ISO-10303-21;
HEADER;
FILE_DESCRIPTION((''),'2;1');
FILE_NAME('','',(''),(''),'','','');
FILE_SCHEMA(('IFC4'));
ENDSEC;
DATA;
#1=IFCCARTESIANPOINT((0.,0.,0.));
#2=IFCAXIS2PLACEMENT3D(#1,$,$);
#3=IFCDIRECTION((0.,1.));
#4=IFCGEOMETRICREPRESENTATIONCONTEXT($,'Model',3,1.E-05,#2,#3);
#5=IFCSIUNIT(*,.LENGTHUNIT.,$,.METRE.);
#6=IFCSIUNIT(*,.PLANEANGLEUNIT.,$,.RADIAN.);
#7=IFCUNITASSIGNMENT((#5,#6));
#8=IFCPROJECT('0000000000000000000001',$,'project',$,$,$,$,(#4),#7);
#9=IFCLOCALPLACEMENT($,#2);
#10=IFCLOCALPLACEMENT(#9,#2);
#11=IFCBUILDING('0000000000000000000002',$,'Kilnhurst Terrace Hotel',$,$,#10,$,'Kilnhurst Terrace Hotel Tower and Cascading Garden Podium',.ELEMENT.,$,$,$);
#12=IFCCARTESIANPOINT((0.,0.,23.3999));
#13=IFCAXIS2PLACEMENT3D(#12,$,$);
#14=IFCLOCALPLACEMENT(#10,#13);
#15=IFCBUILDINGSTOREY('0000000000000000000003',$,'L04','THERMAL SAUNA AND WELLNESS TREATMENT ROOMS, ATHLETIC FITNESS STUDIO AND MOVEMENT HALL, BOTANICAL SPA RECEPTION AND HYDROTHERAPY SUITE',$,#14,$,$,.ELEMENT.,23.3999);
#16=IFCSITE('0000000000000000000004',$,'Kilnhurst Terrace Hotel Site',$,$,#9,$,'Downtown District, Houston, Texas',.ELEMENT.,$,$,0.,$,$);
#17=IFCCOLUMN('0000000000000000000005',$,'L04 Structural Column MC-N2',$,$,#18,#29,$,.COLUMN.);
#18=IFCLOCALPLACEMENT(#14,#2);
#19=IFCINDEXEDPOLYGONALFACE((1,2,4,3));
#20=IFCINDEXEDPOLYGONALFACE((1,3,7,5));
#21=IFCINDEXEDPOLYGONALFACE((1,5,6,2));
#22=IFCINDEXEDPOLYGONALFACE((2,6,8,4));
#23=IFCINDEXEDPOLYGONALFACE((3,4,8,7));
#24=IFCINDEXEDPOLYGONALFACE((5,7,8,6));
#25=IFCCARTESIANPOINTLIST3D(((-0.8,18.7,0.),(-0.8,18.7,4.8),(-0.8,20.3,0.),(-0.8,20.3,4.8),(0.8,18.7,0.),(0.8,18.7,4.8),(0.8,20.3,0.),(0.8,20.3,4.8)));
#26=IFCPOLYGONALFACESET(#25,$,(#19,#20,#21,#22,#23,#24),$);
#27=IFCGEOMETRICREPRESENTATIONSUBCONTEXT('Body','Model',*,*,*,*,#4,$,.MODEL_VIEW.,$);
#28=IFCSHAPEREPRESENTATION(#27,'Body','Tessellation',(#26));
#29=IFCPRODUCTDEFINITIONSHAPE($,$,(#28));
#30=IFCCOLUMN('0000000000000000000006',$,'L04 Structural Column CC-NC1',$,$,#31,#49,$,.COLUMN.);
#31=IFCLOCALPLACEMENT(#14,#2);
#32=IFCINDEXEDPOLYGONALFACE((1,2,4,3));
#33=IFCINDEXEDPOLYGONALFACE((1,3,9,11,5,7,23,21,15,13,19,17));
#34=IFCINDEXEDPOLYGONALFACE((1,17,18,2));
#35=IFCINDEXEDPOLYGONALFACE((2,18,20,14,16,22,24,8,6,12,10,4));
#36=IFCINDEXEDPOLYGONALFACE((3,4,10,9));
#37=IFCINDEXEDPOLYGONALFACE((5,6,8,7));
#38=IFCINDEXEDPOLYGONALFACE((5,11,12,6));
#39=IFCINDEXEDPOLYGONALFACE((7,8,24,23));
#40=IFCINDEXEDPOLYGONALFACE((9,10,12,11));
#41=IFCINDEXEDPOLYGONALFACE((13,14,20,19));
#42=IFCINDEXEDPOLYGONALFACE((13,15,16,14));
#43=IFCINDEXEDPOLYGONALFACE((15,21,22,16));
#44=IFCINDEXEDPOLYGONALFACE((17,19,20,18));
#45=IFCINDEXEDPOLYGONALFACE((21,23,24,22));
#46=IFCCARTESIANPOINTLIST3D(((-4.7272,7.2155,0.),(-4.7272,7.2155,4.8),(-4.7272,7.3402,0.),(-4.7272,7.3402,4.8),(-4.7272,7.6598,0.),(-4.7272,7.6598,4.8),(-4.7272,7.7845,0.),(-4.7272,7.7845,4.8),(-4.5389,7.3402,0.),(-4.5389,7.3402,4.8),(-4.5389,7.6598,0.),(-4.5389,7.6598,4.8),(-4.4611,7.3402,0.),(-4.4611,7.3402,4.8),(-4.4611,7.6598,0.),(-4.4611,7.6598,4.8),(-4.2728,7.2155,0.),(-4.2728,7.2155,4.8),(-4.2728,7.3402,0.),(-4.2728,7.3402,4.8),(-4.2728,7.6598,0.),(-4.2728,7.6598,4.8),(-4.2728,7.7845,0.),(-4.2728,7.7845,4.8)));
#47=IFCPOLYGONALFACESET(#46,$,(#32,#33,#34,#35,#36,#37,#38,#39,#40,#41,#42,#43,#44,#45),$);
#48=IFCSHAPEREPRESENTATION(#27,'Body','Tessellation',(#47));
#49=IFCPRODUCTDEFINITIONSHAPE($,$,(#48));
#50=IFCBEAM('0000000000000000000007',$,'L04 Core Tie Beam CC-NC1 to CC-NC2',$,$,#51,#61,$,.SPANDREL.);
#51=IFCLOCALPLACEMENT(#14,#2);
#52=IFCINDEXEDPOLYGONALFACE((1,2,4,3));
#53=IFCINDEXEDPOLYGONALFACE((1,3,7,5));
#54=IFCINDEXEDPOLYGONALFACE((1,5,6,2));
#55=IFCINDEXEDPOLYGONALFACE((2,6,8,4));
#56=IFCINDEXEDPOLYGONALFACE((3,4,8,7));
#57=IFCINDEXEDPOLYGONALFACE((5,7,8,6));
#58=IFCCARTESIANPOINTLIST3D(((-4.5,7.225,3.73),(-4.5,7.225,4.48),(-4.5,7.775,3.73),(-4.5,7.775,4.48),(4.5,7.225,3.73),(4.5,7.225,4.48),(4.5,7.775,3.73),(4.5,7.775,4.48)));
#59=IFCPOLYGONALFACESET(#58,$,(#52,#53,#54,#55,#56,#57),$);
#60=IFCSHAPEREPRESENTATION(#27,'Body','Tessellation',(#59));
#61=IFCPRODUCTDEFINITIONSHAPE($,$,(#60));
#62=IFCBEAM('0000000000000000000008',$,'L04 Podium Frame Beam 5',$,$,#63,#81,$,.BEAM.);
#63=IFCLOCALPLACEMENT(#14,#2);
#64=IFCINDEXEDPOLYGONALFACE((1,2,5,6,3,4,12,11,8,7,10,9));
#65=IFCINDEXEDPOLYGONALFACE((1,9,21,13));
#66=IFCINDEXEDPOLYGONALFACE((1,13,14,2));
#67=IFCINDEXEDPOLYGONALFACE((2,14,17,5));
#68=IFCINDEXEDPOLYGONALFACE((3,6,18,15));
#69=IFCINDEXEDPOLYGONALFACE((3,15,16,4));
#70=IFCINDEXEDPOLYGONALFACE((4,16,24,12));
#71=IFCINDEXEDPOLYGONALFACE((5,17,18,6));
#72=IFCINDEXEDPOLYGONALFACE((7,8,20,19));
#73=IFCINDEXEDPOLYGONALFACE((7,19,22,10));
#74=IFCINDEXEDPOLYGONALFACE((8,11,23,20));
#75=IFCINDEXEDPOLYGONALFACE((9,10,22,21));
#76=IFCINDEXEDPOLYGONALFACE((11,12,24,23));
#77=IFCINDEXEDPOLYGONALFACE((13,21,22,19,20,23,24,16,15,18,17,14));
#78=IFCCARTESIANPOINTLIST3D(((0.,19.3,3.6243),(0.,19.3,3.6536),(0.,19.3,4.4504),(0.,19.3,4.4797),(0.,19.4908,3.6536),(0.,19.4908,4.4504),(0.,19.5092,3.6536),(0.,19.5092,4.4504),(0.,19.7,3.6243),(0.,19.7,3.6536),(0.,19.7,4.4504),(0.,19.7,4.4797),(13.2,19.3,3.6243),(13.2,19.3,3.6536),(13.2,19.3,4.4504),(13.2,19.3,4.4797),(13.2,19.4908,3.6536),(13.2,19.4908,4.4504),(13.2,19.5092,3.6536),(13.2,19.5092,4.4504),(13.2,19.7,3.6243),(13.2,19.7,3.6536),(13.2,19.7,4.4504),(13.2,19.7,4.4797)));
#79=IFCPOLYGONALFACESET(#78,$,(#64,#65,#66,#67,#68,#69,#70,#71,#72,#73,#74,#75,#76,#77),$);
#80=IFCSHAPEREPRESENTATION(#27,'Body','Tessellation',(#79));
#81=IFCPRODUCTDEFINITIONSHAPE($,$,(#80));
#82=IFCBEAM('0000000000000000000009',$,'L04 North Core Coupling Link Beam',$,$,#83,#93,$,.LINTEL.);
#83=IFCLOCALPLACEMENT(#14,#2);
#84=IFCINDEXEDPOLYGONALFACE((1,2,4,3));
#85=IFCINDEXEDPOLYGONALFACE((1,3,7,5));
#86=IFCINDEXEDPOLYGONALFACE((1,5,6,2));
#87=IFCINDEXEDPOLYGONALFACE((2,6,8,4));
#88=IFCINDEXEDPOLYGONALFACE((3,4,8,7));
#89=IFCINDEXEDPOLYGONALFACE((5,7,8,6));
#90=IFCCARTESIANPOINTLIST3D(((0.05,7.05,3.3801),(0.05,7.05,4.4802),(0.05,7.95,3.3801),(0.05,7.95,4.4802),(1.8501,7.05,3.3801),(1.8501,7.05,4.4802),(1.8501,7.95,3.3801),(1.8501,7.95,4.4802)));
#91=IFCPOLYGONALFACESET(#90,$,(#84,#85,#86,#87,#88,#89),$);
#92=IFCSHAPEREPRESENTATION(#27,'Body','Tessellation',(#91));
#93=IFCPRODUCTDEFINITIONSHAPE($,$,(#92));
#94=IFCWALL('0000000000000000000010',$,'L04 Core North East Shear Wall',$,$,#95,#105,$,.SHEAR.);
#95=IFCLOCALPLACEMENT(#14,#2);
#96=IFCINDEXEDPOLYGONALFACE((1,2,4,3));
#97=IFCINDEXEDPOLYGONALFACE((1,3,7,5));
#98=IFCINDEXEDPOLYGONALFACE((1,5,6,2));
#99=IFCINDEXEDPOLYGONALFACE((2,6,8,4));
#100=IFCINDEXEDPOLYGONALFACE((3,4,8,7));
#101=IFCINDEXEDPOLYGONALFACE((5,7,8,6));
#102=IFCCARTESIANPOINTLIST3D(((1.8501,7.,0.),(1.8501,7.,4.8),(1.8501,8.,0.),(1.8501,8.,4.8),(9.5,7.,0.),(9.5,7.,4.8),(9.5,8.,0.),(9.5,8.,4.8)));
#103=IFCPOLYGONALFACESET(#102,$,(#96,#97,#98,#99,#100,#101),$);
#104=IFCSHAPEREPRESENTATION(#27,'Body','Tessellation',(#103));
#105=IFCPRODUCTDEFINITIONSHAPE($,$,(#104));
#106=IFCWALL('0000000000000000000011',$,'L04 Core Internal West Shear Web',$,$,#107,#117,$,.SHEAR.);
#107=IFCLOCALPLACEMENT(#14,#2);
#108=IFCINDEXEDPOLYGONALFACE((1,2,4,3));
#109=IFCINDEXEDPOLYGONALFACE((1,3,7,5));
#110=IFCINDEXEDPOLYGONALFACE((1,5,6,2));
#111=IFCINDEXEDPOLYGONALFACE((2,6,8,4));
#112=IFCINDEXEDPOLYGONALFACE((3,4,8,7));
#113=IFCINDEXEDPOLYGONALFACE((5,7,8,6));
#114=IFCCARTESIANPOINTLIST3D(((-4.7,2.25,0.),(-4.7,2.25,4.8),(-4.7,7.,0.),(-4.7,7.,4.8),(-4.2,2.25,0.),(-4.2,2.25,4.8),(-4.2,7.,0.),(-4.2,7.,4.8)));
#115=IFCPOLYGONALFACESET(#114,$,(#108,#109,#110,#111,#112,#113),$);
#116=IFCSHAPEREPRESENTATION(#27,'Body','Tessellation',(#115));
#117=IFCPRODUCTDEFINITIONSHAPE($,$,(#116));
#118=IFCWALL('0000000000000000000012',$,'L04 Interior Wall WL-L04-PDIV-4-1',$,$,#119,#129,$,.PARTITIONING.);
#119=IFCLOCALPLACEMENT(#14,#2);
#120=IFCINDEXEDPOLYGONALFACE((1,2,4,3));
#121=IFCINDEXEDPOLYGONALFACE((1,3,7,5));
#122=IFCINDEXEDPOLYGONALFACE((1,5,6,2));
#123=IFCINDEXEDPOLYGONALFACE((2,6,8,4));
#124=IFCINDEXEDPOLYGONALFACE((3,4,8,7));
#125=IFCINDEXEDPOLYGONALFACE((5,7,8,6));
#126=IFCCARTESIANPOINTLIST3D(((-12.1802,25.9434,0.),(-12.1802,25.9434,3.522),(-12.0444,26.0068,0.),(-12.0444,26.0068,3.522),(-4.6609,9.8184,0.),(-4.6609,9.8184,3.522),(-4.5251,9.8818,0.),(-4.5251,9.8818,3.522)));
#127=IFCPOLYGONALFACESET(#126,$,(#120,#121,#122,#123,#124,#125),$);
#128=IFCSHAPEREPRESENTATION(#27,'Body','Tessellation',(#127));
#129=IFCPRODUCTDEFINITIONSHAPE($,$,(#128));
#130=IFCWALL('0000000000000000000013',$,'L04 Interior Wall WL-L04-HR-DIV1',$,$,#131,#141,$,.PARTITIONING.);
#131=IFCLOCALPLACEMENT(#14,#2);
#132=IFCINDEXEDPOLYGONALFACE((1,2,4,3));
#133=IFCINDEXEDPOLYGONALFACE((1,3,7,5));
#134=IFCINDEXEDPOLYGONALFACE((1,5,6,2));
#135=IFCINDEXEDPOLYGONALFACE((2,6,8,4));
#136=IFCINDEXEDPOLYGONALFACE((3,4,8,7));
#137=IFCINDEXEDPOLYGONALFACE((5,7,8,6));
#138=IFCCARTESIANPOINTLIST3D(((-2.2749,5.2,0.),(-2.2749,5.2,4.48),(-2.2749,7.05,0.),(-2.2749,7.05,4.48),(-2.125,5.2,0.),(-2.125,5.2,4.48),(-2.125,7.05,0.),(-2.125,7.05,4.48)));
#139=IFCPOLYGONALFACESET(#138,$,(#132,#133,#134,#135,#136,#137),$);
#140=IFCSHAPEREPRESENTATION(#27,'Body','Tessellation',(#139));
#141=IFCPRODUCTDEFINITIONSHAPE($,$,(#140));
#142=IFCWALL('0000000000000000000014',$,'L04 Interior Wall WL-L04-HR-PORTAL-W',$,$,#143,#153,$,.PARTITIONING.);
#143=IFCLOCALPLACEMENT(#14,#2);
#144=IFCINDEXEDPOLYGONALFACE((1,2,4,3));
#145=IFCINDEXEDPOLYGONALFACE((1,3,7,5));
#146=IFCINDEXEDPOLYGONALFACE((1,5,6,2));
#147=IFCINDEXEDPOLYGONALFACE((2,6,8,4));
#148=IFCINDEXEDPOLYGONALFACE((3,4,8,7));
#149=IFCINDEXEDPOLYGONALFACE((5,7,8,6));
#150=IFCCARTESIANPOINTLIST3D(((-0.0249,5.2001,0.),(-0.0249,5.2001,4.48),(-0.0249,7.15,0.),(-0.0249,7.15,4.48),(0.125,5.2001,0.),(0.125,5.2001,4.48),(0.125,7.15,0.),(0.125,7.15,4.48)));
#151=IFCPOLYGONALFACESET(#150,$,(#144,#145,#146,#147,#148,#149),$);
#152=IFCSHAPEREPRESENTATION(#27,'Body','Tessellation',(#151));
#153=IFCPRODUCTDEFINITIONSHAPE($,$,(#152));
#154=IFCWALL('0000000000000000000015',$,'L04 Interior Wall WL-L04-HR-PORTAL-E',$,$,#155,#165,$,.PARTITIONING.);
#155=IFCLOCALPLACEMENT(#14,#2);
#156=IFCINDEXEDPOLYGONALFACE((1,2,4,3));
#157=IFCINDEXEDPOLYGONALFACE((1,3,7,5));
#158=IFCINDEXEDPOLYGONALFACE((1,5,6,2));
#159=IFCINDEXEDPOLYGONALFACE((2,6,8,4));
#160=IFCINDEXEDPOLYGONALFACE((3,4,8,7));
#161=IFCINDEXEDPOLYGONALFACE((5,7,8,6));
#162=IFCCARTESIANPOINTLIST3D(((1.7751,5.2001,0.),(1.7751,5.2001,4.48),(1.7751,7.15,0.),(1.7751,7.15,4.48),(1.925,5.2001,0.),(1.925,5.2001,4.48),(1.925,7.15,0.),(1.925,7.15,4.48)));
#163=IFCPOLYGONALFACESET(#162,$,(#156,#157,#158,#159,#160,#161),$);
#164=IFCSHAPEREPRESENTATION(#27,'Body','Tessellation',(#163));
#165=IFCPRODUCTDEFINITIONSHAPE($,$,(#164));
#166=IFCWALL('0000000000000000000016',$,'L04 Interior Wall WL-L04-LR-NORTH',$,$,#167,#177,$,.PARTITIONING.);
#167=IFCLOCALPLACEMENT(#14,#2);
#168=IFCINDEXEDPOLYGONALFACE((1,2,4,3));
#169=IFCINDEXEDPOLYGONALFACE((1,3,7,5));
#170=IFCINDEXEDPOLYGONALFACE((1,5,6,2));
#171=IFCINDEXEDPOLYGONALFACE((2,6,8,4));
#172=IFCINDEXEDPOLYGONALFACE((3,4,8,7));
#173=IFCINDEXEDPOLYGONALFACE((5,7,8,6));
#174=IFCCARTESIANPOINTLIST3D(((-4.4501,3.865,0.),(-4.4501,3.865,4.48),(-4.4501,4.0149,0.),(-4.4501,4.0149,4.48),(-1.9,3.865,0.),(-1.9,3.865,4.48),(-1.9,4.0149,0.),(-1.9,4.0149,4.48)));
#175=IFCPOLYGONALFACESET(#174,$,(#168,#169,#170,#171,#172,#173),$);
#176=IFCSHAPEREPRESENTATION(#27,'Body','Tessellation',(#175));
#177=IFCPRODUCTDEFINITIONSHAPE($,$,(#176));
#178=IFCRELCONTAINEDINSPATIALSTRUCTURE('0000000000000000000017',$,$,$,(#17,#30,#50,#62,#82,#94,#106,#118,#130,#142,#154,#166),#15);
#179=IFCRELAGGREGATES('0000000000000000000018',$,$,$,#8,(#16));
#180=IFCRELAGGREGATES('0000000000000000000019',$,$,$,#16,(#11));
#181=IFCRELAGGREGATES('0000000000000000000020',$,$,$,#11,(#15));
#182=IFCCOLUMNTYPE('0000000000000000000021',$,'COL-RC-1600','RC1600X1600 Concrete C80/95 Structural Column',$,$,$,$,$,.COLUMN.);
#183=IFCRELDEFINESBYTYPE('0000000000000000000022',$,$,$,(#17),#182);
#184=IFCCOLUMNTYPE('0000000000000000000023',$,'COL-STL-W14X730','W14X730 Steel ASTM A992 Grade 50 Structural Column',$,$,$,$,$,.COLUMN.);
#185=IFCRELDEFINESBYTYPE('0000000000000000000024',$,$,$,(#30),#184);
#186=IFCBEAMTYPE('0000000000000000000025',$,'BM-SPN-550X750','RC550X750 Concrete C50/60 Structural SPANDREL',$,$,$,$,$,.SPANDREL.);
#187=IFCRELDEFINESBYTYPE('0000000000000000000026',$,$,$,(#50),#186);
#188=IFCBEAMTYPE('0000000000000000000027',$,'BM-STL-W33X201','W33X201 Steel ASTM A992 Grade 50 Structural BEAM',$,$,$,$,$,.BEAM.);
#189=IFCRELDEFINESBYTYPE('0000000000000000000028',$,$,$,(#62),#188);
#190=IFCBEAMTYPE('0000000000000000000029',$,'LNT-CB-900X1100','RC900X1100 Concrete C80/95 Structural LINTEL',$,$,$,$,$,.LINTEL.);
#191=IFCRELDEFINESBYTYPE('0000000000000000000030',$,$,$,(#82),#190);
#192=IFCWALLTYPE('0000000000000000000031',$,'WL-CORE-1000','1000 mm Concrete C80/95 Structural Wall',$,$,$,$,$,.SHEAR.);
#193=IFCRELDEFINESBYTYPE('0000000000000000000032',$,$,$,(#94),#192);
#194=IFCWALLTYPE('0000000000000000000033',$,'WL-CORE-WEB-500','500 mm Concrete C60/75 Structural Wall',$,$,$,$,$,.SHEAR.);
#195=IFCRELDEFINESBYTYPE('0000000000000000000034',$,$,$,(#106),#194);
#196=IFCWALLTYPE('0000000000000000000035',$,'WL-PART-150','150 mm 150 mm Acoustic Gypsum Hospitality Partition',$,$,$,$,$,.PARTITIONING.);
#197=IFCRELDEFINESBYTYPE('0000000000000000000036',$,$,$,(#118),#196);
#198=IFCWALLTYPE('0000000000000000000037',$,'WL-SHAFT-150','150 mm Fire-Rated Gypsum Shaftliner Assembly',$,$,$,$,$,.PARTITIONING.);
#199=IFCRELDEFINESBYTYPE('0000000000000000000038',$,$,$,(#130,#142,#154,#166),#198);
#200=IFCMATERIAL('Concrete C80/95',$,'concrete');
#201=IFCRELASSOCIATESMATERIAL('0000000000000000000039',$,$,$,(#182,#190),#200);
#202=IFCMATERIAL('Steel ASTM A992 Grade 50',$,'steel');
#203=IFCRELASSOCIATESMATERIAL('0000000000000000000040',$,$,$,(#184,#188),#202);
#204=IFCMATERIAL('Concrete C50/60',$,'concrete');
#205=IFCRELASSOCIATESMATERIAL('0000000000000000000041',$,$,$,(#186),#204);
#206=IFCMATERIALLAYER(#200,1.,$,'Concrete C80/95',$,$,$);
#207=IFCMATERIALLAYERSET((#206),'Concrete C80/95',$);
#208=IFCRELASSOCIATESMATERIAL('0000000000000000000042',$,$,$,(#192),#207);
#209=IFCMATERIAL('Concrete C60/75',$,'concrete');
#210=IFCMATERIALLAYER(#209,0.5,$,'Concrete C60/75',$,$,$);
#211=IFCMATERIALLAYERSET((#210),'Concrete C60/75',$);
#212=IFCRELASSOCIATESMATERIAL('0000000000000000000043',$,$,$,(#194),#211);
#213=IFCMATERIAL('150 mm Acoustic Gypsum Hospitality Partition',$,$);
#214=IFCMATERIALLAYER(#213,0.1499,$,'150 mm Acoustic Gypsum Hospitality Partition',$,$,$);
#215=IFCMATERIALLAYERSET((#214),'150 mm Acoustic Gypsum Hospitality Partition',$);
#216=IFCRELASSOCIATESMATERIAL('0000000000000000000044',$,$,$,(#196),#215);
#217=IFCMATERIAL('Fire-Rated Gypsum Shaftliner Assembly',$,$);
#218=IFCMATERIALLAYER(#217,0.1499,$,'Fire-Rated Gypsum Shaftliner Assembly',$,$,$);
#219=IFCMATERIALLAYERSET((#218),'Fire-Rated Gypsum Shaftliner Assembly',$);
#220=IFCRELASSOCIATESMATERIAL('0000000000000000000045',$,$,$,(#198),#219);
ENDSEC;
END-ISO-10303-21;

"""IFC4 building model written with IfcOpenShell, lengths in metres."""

from ifc_helpers import new_model, si_unit, direction, frame, frame_2d, origin, origin_2d, place, context, subcontext, project, spatial, rectangle, i_section, extrude, material, layer, layer_set, material_profile, profile_set, type_object, element, save


model = new_model("IFC4")

# Units and contexts
model_context = context("Model", 3, precision=1e-05, world=origin(), true_north=direction((0.0, 1.0)))
body_context = subcontext(model_context, "Body", "Model", "MODEL_VIEW")
ifc_project = project(units=[si_unit("LENGTHUNIT", "METRE"), si_unit("PLANEANGLEUNIT", "RADIAN")], contexts=[model_context])

# Site, building, storey
site_placement = place(None, origin())
site = spatial("IfcSite", under=ifc_project, at=site_placement, Name="Kilnhurst Terrace Hotel Site", LongName="Downtown District, Houston, Texas", CompositionType="ELEMENT", RefElevation=0.0)
building_placement = place(site_placement, origin())
building = spatial("IfcBuilding", under=site, at=building_placement, Name="Kilnhurst Terrace Hotel", LongName="Kilnhurst Terrace Hotel Tower and Cascading Garden Podium", CompositionType="ELEMENT")
storey_placement = place(building_placement, frame((0.0, 0.0, 23.3999)))
storey = spatial("IfcBuildingStorey", under=building, at=storey_placement, Name="L04", Description="THERMAL SAUNA AND WELLNESS TREATMENT ROOMS, ATHLETIC FITNESS STUDIO AND MOVEMENT HALL, BOTANICAL SPA RECEPTION AND HYDROTHERAPY SUITE", CompositionType="ELEMENT", Elevation=23.3999)

# Columns
ifc_material_1 = material(Name="Concrete C80/95", Category="concrete")
ifc_material_profile_1 = material_profile(ifc_material_1, rectangle(XDim=1.6001, YDim=1.6001, at=origin_2d()), Name="RC1600X1600")
ifc_profile_set_1 = profile_set([ifc_material_profile_1], Name="Concrete C80/95")
column_type_1 = type_object("IfcColumnType", Name="COL-RC-1600", Description="RC1600X1600 Concrete C80/95 Structural Column", PredefinedType="COLUMN", material=ifc_profile_set_1)
column_1_placement = place(storey_placement, frame((0.0, 19.5, 0.0), z_axis=(0.0, 0.0, 1.0), x_axis=(1.0, 0.0, 0.0)))
element("IfcColumn", 1, at=column_1_placement, inside=storey, type_object=column_type_1, Name="L04 Structural Column MC-N2", PredefinedType="COLUMN", context=body_context, shape_type="SweptSolid", body=[
    extrude(rectangle(XDim=1.6001, YDim=1.6001, at=origin_2d()), origin(), (0.0, 0.0, 1.0), 4.8),
])
ifc_material_2 = material(Name="Steel ASTM A992 Grade 50", Category="steel")
ifc_material_profile_2 = material_profile(ifc_material_2, i_section(OverallWidth=0.4543, OverallDepth=0.5691, WebThickness=0.0779, FlangeThickness=0.1248, at=origin_2d()), Name="W14X730")
ifc_profile_set_2 = profile_set([ifc_material_profile_2], Name="Steel ASTM A992 Grade 50")
column_type_2 = type_object("IfcColumnType", Name="COL-STL-W14X730", Description="W14X730 Steel ASTM A992 Grade 50 Structural Column", PredefinedType="COLUMN", material=ifc_profile_set_2)
column_2_placement = place(storey_placement, frame((-4.5, 7.5, 0.0), z_axis=(0.0, 0.0, 1.0), x_axis=(1.0, 0.0, 0.0)))
element("IfcColumn", 2, at=column_2_placement, inside=storey, type_object=column_type_2, Name="L04 Structural Column CC-NC1", PredefinedType="COLUMN", context=body_context, shape_type="SweptSolid", body=[
    extrude(i_section(OverallWidth=0.4543, OverallDepth=0.5691, WebThickness=0.0779, FlangeThickness=0.1248, at=origin_2d()), origin(), (0.0, 0.0, 1.0), 4.8),
])

# Beams
ifc_material_3 = material(Name="Concrete C50/60", Category="concrete")
ifc_material_profile_3 = material_profile(ifc_material_3, rectangle(XDim=0.55, YDim=0.75, at=origin_2d()), Name="RC550X750")
ifc_profile_set_3 = profile_set([ifc_material_profile_3], Name="Concrete C50/60")
beam_type_1 = type_object("IfcBeamType", Name="BM-SPN-550X750", Description="RC550X750 Concrete C50/60 Structural SPANDREL", PredefinedType="SPANDREL", material=ifc_profile_set_3)
beam_1_placement = place(storey_placement, frame((-4.5, 7.5, 4.105), z_axis=(1.0, 0.0, 0.0), x_axis=(0.0, 1.0, 0.0)))
element("IfcBeam", 3, at=beam_1_placement, inside=storey, type_object=beam_type_1, Name="L04 Core Tie Beam CC-NC1 to CC-NC2", PredefinedType="SPANDREL", context=body_context, shape_type="SweptSolid", body=[
    extrude(rectangle(XDim=0.55, YDim=0.75, at=origin_2d()), origin(), (0.0, 0.0, 1.0), 9.0),
])
ifc_material_profile_4 = material_profile(ifc_material_2, i_section(OverallWidth=0.3999, OverallDepth=0.8555, WebThickness=0.0183, FlangeThickness=0.0293, at=origin_2d()), Name="W33X201")
ifc_profile_set_4 = profile_set([ifc_material_profile_4], Name="Steel ASTM A992 Grade 50")
beam_type_2 = type_object("IfcBeamType", Name="BM-STL-W33X201", Description="W33X201 Steel ASTM A992 Grade 50 Structural BEAM", PredefinedType="BEAM", material=ifc_profile_set_4)
beam_2_placement = place(storey_placement, frame((0.0, 19.5, 4.052), z_axis=(1.0, 0.0, 0.0), x_axis=(0.0, 1.0, 0.0)))
element("IfcBeam", 4, at=beam_2_placement, inside=storey, type_object=beam_type_2, Name="L04 Podium Frame Beam 5", PredefinedType="BEAM", context=body_context, shape_type="SweptSolid", body=[
    extrude(i_section(OverallWidth=0.3999, OverallDepth=0.8555, WebThickness=0.0183, FlangeThickness=0.0293, at=origin_2d()), origin(), (0.0, 0.0, 1.0), 13.2),
])
ifc_material_profile_5 = material_profile(ifc_material_1, rectangle(XDim=0.8999, YDim=1.1001, at=origin_2d()), Name="RC900X1100")
ifc_profile_set_5 = profile_set([ifc_material_profile_5], Name="Concrete C80/95")
beam_type_3 = type_object("IfcBeamType", Name="LNT-CB-900X1100", Description="RC900X1100 Concrete C80/95 Structural LINTEL", PredefinedType="LINTEL", material=ifc_profile_set_5)
beam_3_placement = place(storey_placement, frame((0.05, 7.5, 3.9302), z_axis=(1.0, 0.0, 0.0), x_axis=(0.0, 1.0, 0.0)))
element("IfcBeam", 5, at=beam_3_placement, inside=storey, type_object=beam_type_3, Name="L04 North Core Coupling Link Beam", PredefinedType="LINTEL", context=body_context, shape_type="SweptSolid", body=[
    extrude(rectangle(XDim=0.8999, YDim=1.1001, at=origin_2d()), origin(), (0.0, 0.0, 1.0), 1.8),
])

# Walls
ifc_layer_1 = layer(ifc_material_1, 1.0, Name="Concrete C80/95")
ifc_layer_set_1 = layer_set([ifc_layer_1], Name="Concrete C80/95")
wall_type_1 = type_object("IfcWallType", Name="WL-CORE-1000", Description="1000 mm Concrete C80/95 Structural Wall", PredefinedType="SHEAR", material=ifc_layer_set_1)
wall_1_placement = place(storey_placement, frame((1.8501, 7.5, 0.0), z_axis=(0.0, 0.0, 1.0), x_axis=(1.0, 0.0, 0.0)))
element("IfcWall", 6, at=wall_1_placement, inside=storey, type_object=wall_type_1, Name="L04 Core North East Shear Wall", PredefinedType="SHEAR", context=body_context, shape_type="SweptSolid", body=[
    extrude(rectangle(XDim=7.6499, YDim=1.0, at=frame_2d((3.825, 0.0))), origin(), (0.0, 0.0, 1.0), 4.8),
])
ifc_material_4 = material(Name="Concrete C60/75", Category="concrete")
ifc_layer_2 = layer(ifc_material_4, 0.5, Name="Concrete C60/75")
ifc_layer_set_2 = layer_set([ifc_layer_2], Name="Concrete C60/75")
wall_type_2 = type_object("IfcWallType", Name="WL-CORE-WEB-500", Description="500 mm Concrete C60/75 Structural Wall", PredefinedType="SHEAR", material=ifc_layer_set_2)
wall_2_placement = place(storey_placement, frame((-4.45, 2.25, 0.0), z_axis=(0.0, 0.0, 1.0), x_axis=(0.0, 1.0, 0.0)))
element("IfcWall", 7, at=wall_2_placement, inside=storey, type_object=wall_type_2, Name="L04 Core Internal West Shear Web", PredefinedType="SHEAR", context=body_context, shape_type="SweptSolid", body=[
    extrude(rectangle(XDim=4.75, YDim=0.5, at=frame_2d((2.375, 0.0))), origin(), (0.0, 0.0, 1.0), 4.8),
])
ifc_material_5 = material(Name="150 mm Acoustic Gypsum Hospitality Partition")
ifc_layer_3 = layer(ifc_material_5, 0.1499, Name="150 mm Acoustic Gypsum Hospitality Partition")
ifc_layer_set_3 = layer_set([ifc_layer_3], Name="150 mm Acoustic Gypsum Hospitality Partition")
wall_type_3 = type_object("IfcWallType", Name="WL-PART-150", Description="150 mm 150 mm Acoustic Gypsum Hospitality Partition", PredefinedType="PARTITIONING", material=ifc_layer_set_3)
wall_3_placement = place(storey_placement, frame((-4.593, 9.8501, 0.0), z_axis=(0.0, 0.0, 1.0), x_axis=(-0.422622, 0.906306, 0.0)))
element("IfcWall", 8, at=wall_3_placement, inside=storey, type_object=wall_type_3, Name="L04 Interior Wall WL-L04-PDIV-4-1", PredefinedType="PARTITIONING", context=body_context, shape_type="SweptSolid", body=[
    extrude(rectangle(XDim=17.792, YDim=0.1499, at=frame_2d((8.896, 0.0))), origin(), (0.0, 0.0, 1.0), 3.522),
])
ifc_material_6 = material(Name="Fire-Rated Gypsum Shaftliner Assembly")
ifc_layer_4 = layer(ifc_material_6, 0.1499, Name="Fire-Rated Gypsum Shaftliner Assembly")
ifc_layer_set_4 = layer_set([ifc_layer_4], Name="Fire-Rated Gypsum Shaftliner Assembly")
wall_type_4 = type_object("IfcWallType", Name="WL-SHAFT-150", Description="150 mm Fire-Rated Gypsum Shaftliner Assembly", PredefinedType="PARTITIONING", material=ifc_layer_set_4)
wall_4_placement = place(storey_placement, frame((-2.2, 5.2, 0.0), z_axis=(0.0, 0.0, 1.0), x_axis=(0.0, 1.0, 0.0)))
element("IfcWall", 9, at=wall_4_placement, inside=storey, type_object=wall_type_4, Name="L04 Interior Wall WL-L04-HR-DIV1", PredefinedType="PARTITIONING", context=body_context, shape_type="SweptSolid", body=[
    extrude(rectangle(XDim=1.8501, YDim=0.1499, at=frame_2d((0.925, 0.0))), origin(), (0.0, 0.0, 1.0), 4.48),
])
for number, where, z_axis, x_axis, name in (
    (10, (0.05, 5.2, 0.0), (0.0, 0.0, 1.0), (0.0, 1.0, 0.0), "L04 Interior Wall WL-L04-HR-PORTAL-W"),
    (11, (1.8501, 5.2, 0.0), (0.0, 0.0, 1.0), (0.0, 1.0, 0.0), "L04 Interior Wall WL-L04-HR-PORTAL-E"),
):
    element("IfcWall", number, at=place(storey_placement, frame(where, z_axis=z_axis, x_axis=x_axis)), inside=storey, type_object=wall_type_4, Name=name, PredefinedType="PARTITIONING", context=body_context, shape_type="SweptSolid", body=[
        extrude(rectangle(XDim=1.95, YDim=0.1499, at=frame_2d((0.9751, 0.0))), origin(), (0.0, 0.0, 1.0), 4.48),
    ])
for number, where, z_axis, x_axis, name in (
    (12, (-4.45, 3.9399, 0.0), (0.0, 0.0, 1.0), (1.0, 0.0, 0.0), "L04 Interior Wall WL-L04-LR-NORTH"),
):
    element("IfcWall", number, at=place(storey_placement, frame(where, z_axis=z_axis, x_axis=x_axis)), inside=storey, type_object=wall_type_4, Name=name, PredefinedType="PARTITIONING", context=body_context, shape_type="SweptSolid", body=[
        extrude(rectangle(XDim=2.55, YDim=0.1499, at=frame_2d((1.2749, 0.0))), origin(), (0.0, 0.0, 1.0), 4.48),
    ])

save(model, "model.ifc")
